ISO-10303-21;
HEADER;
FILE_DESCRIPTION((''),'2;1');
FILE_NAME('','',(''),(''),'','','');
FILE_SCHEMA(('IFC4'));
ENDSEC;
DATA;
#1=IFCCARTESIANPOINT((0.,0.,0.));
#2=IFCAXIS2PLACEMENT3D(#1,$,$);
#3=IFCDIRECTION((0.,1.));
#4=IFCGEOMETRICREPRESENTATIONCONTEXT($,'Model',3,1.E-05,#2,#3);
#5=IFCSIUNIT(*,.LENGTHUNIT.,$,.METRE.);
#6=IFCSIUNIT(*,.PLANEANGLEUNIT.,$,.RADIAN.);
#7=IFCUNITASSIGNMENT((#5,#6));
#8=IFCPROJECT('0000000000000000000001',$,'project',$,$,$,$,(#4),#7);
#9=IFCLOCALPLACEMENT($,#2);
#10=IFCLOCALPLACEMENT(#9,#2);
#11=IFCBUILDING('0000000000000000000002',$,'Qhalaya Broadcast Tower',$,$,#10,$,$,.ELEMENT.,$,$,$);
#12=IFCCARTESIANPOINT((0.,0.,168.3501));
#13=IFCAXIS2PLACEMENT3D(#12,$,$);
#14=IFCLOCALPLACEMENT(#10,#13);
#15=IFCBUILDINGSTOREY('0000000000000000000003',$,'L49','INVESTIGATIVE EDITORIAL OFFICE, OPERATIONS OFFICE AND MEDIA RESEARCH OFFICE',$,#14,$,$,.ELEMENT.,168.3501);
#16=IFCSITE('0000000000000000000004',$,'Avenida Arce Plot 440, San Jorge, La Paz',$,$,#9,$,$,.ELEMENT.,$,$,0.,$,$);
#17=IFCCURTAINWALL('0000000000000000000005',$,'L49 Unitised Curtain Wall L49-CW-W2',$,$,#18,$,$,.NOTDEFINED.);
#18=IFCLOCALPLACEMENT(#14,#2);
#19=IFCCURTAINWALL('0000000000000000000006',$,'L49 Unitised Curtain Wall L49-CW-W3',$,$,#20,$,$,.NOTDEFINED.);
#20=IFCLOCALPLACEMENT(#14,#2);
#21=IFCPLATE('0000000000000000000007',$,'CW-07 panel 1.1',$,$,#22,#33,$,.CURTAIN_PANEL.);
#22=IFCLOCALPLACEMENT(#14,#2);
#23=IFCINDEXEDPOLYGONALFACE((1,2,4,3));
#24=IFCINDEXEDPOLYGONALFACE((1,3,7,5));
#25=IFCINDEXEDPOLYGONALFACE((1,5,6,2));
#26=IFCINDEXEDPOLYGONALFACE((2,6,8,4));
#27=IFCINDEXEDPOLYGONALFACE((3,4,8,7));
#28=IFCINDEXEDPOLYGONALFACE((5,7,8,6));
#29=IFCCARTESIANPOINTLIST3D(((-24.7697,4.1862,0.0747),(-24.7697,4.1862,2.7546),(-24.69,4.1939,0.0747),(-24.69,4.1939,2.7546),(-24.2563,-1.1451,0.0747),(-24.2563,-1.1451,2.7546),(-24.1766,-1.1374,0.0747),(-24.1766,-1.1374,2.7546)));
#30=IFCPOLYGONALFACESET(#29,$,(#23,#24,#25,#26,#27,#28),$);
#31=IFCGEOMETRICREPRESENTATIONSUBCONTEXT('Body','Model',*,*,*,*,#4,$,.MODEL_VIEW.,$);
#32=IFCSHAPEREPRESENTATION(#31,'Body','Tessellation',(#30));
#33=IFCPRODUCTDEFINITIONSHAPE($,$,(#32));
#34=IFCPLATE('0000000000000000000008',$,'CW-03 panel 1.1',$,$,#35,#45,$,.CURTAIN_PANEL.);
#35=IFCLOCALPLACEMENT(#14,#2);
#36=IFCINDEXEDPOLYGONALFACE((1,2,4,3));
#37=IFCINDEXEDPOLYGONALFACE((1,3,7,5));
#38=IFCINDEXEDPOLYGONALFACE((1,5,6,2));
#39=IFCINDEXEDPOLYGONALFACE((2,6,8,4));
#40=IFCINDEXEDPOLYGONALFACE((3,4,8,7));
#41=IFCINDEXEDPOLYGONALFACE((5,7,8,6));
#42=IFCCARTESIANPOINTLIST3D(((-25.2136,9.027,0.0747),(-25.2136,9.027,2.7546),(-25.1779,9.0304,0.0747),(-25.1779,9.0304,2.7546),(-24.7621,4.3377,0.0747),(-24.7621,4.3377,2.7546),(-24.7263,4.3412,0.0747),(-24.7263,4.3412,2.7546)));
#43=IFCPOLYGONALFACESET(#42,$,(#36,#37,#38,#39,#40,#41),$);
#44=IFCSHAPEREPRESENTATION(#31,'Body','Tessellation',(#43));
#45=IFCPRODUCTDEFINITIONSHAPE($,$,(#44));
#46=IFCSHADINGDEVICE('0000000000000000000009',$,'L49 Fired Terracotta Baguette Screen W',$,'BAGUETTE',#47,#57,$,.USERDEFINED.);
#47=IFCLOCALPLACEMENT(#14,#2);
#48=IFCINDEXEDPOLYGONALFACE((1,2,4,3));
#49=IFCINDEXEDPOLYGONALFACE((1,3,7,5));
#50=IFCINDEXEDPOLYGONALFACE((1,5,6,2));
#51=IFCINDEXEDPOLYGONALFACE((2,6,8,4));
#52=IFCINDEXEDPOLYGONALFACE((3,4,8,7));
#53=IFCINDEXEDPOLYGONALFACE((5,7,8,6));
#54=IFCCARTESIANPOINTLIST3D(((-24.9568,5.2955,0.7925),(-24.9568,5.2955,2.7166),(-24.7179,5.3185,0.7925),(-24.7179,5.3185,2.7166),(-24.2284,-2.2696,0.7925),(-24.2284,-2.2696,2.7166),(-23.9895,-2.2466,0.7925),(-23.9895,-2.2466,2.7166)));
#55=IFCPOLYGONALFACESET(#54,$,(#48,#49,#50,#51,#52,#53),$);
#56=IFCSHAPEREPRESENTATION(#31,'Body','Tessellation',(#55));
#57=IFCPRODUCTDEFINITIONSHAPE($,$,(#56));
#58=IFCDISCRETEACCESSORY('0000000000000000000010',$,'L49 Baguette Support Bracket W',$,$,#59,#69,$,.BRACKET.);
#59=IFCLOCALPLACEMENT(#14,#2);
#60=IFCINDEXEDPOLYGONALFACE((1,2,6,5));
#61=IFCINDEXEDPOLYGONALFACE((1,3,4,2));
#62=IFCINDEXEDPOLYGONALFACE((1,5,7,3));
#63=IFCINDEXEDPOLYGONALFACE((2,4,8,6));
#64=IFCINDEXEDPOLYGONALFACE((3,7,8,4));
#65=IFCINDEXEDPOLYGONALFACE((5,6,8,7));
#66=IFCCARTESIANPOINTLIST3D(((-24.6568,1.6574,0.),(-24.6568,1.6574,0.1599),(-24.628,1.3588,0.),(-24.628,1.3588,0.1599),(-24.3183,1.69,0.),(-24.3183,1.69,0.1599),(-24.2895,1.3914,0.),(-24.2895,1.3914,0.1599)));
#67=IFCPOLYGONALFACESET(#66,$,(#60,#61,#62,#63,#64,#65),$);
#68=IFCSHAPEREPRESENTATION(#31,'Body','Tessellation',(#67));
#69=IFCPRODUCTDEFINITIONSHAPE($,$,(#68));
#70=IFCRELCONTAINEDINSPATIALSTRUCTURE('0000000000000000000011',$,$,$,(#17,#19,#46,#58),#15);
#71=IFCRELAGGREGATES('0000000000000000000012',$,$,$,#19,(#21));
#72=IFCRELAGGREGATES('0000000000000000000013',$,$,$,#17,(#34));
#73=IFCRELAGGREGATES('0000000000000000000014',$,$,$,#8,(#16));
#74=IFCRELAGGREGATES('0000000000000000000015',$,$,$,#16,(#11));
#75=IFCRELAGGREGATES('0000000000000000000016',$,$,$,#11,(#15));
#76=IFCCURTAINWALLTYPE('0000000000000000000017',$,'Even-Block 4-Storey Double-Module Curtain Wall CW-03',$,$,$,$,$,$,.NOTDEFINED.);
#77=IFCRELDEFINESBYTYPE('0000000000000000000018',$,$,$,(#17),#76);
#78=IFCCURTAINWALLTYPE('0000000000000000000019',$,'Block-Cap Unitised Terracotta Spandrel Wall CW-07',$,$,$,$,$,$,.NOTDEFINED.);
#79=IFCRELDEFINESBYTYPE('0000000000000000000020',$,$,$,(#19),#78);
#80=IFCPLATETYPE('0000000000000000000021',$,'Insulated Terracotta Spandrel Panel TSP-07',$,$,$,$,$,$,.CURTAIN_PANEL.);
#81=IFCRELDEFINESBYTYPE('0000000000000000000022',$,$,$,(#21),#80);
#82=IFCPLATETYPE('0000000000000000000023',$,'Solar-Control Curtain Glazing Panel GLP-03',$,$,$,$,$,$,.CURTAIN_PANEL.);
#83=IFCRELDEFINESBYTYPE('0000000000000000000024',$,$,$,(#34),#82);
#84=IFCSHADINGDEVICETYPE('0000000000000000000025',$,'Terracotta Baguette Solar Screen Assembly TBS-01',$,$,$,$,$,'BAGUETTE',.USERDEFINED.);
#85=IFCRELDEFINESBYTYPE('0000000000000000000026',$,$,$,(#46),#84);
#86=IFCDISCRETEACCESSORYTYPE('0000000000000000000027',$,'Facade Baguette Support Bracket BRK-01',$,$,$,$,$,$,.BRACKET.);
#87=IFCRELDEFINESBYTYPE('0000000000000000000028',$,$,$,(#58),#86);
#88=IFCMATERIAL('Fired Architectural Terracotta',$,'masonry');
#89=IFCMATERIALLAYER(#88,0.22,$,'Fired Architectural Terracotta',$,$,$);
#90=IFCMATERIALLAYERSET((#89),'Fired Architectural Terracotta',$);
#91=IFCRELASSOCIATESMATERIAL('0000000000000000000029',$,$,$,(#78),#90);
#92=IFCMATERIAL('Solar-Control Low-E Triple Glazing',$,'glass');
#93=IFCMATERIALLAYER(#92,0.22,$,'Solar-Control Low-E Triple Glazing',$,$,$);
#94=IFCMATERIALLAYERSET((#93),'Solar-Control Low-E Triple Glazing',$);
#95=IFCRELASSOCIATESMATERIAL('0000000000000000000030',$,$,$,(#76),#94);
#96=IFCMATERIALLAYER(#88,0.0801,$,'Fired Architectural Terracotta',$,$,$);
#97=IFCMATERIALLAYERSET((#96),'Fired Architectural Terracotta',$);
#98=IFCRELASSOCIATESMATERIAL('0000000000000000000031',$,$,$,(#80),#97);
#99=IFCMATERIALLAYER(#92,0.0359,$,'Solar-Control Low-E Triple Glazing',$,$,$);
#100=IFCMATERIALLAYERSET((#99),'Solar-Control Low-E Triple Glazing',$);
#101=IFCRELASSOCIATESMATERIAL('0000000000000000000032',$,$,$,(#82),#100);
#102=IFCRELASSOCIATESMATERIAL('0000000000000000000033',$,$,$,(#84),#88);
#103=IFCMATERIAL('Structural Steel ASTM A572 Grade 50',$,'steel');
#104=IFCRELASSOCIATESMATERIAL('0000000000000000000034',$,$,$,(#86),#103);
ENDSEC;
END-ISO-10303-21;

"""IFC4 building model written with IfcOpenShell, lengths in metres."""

from ifc_helpers import new_model, si_unit, direction, frame, origin, origin_2d, place, context, subcontext, project, spatial, rectangle, extrude, material, layer, layer_set, type_object, element, aggregate, save


model = new_model("IFC4")

# Units and contexts
model_context = context("Model", 3, precision=1e-05, world=origin(), true_north=direction((0.0, 1.0)))
body_context = subcontext(model_context, "Body", "Model", "MODEL_VIEW")
ifc_project = project(units=[si_unit("LENGTHUNIT", "METRE"), si_unit("PLANEANGLEUNIT", "RADIAN")], contexts=[model_context])

# Site, building, storey
site_placement = place(None, origin())
site = spatial("IfcSite", under=ifc_project, at=site_placement, Name="Avenida Arce Plot 440, San Jorge, La Paz", CompositionType="ELEMENT", RefElevation=0.0)
building_placement = place(site_placement, origin())
building = spatial("IfcBuilding", under=site, at=building_placement, Name="Qhalaya Broadcast Tower", CompositionType="ELEMENT")
storey_placement = place(building_placement, frame((0.0, 0.0, 168.3501)))
storey = spatial("IfcBuildingStorey", under=building, at=storey_placement, Name="L49", Description="INVESTIGATIVE EDITORIAL OFFICE, OPERATIONS OFFICE AND MEDIA RESEARCH OFFICE", CompositionType="ELEMENT", Elevation=168.3501)

# Shared definitions
ifc_material_1 = material(Name="Structural Steel ASTM A572 Grade 50", Category="steel")

# Shared definitions
ifc_material_2 = material(Name="Fired Architectural Terracotta", Category="masonry")
ifc_layer_1 = layer(ifc_material_2, 0.22, Name="Fired Architectural Terracotta")
ifc_layer_set_1 = layer_set([ifc_layer_1], Name="Fired Architectural Terracotta")
curtain_wall_type_1 = type_object("IfcCurtainWallType", Name="Block-Cap Unitised Terracotta Spandrel Wall CW-07", PredefinedType="NOTDEFINED", material=ifc_layer_set_1)

# Curtain wall
ifc_material_3 = material(Name="Solar-Control Low-E Triple Glazing", Category="glass")
ifc_layer_2 = layer(ifc_material_3, 0.22, Name="Solar-Control Low-E Triple Glazing")
ifc_layer_set_2 = layer_set([ifc_layer_2], Name="Solar-Control Low-E Triple Glazing")
curtain_wall_type_2 = type_object("IfcCurtainWallType", Name="Even-Block 4-Storey Double-Module Curtain Wall CW-03", PredefinedType="NOTDEFINED", material=ifc_layer_set_2)
curtain_wall_1_placement = place(storey_placement, origin())
curtain_wall_1 = element("IfcCurtainWall", 1, at=curtain_wall_1_placement, inside=storey, type_object=curtain_wall_type_2, Name="L49 Unitised Curtain Wall L49-CW-W2", PredefinedType="NOTDEFINED")

# Curtain wall
curtain_wall_2_placement = place(storey_placement, origin())
curtain_wall_2 = element("IfcCurtainWall", 2, at=curtain_wall_2_placement, inside=storey, type_object=curtain_wall_type_1, Name="L49 Unitised Curtain Wall L49-CW-W3", PredefinedType="NOTDEFINED")

# Plates
ifc_layer_3 = layer(ifc_material_2, 0.0801, Name="Fired Architectural Terracotta")
ifc_layer_set_3 = layer_set([ifc_layer_3], Name="Fired Architectural Terracotta")
plate_type_1 = type_object("IfcPlateType", Name="Insulated Terracotta Spandrel Panel TSP-07", PredefinedType="CURTAIN_PANEL", material=ifc_layer_set_3)
plate_1_placement = place(storey_placement, frame((-24.4731, 1.5244, 0.0747), z_axis=(0.0, 0.0, 1.0), x_axis=(0.095858, -0.995395, 0.0)))
plate_1 = element("IfcPlate", 3, at=plate_1_placement, type_object=plate_type_1, Name="CW-07 panel 1.1", PredefinedType="CURTAIN_PANEL", context=body_context, shape_type="SweptSolid", body=[
    extrude(rectangle(XDim=5.356, YDim=0.0801, at=origin_2d()), origin(), (0.0, 0.0, 1.0), 2.6799),
])
aggregate(curtain_wall_2, [plate_1])
ifc_layer_4 = layer(ifc_material_3, 0.0359, Name="Solar-Control Low-E Triple Glazing")
ifc_layer_set_4 = layer_set([ifc_layer_4], Name="Solar-Control Low-E Triple Glazing")
plate_type_2 = type_object("IfcPlateType", Name="Solar-Control Curtain Glazing Panel GLP-03", PredefinedType="CURTAIN_PANEL", material=ifc_layer_set_4)
plate_2_placement = place(storey_placement, frame((-24.97, 6.6841, 0.0747), z_axis=(0.0, 0.0, 1.0), x_axis=(0.095845, -0.995396, 0.0)))
plate_2 = element("IfcPlate", 4, at=plate_2_placement, type_object=plate_type_2, Name="CW-03 panel 1.1", PredefinedType="CURTAIN_PANEL", context=body_context, shape_type="SweptSolid", body=[
    extrude(rectangle(XDim=4.7109, YDim=0.0359, at=origin_2d()), origin(), (0.0, 0.0, 1.0), 2.6799),
])
aggregate(curtain_wall_1, [plate_2])

# Shading device
shading_device_type = type_object("IfcShadingDeviceType", Name="Terracotta Baguette Solar Screen Assembly TBS-01", ElementType="BAGUETTE", PredefinedType="USERDEFINED", material=ifc_material_2)
shading_device_placement = place(storey_placement, frame((-24.4731, 1.5244, 0.7925), z_axis=(0.0, 0.0, 1.0), x_axis=(0.095846, -0.995396, 0.0)))
element("IfcShadingDevice", 5, at=shading_device_placement, inside=storey, type_object=shading_device_type, Name="L49 Fired Terracotta Baguette Screen W", ObjectType="BAGUETTE", PredefinedType="USERDEFINED", context=body_context, shape_type="SweptSolid", body=[
    extrude(rectangle(XDim=7.6001, YDim=0.24, at=origin_2d()), origin(), (0.0, 0.0, 1.0), 1.9241),
])

# Discrete accessory
discrete_accessory_type = type_object("IfcDiscreteAccessoryType", Name="Facade Baguette Support Bracket BRK-01", PredefinedType="BRACKET", material=ifc_material_1)
discrete_accessory_placement = place(storey_placement, frame((-24.4731, 1.5244, 0.0), z_axis=(0.0, 0.0, 1.0), x_axis=(0.095846, -0.995396, 0.0)))
element("IfcDiscreteAccessory", 6, at=discrete_accessory_placement, inside=storey, type_object=discrete_accessory_type, Name="L49 Baguette Support Bracket W", PredefinedType="BRACKET", context=body_context, shape_type="SweptSolid", body=[
    extrude(rectangle(XDim=0.3, YDim=0.3401, at=origin_2d()), origin(), (0.0, 0.0, 1.0), 0.1599),
])

save(model, "model.ifc")
